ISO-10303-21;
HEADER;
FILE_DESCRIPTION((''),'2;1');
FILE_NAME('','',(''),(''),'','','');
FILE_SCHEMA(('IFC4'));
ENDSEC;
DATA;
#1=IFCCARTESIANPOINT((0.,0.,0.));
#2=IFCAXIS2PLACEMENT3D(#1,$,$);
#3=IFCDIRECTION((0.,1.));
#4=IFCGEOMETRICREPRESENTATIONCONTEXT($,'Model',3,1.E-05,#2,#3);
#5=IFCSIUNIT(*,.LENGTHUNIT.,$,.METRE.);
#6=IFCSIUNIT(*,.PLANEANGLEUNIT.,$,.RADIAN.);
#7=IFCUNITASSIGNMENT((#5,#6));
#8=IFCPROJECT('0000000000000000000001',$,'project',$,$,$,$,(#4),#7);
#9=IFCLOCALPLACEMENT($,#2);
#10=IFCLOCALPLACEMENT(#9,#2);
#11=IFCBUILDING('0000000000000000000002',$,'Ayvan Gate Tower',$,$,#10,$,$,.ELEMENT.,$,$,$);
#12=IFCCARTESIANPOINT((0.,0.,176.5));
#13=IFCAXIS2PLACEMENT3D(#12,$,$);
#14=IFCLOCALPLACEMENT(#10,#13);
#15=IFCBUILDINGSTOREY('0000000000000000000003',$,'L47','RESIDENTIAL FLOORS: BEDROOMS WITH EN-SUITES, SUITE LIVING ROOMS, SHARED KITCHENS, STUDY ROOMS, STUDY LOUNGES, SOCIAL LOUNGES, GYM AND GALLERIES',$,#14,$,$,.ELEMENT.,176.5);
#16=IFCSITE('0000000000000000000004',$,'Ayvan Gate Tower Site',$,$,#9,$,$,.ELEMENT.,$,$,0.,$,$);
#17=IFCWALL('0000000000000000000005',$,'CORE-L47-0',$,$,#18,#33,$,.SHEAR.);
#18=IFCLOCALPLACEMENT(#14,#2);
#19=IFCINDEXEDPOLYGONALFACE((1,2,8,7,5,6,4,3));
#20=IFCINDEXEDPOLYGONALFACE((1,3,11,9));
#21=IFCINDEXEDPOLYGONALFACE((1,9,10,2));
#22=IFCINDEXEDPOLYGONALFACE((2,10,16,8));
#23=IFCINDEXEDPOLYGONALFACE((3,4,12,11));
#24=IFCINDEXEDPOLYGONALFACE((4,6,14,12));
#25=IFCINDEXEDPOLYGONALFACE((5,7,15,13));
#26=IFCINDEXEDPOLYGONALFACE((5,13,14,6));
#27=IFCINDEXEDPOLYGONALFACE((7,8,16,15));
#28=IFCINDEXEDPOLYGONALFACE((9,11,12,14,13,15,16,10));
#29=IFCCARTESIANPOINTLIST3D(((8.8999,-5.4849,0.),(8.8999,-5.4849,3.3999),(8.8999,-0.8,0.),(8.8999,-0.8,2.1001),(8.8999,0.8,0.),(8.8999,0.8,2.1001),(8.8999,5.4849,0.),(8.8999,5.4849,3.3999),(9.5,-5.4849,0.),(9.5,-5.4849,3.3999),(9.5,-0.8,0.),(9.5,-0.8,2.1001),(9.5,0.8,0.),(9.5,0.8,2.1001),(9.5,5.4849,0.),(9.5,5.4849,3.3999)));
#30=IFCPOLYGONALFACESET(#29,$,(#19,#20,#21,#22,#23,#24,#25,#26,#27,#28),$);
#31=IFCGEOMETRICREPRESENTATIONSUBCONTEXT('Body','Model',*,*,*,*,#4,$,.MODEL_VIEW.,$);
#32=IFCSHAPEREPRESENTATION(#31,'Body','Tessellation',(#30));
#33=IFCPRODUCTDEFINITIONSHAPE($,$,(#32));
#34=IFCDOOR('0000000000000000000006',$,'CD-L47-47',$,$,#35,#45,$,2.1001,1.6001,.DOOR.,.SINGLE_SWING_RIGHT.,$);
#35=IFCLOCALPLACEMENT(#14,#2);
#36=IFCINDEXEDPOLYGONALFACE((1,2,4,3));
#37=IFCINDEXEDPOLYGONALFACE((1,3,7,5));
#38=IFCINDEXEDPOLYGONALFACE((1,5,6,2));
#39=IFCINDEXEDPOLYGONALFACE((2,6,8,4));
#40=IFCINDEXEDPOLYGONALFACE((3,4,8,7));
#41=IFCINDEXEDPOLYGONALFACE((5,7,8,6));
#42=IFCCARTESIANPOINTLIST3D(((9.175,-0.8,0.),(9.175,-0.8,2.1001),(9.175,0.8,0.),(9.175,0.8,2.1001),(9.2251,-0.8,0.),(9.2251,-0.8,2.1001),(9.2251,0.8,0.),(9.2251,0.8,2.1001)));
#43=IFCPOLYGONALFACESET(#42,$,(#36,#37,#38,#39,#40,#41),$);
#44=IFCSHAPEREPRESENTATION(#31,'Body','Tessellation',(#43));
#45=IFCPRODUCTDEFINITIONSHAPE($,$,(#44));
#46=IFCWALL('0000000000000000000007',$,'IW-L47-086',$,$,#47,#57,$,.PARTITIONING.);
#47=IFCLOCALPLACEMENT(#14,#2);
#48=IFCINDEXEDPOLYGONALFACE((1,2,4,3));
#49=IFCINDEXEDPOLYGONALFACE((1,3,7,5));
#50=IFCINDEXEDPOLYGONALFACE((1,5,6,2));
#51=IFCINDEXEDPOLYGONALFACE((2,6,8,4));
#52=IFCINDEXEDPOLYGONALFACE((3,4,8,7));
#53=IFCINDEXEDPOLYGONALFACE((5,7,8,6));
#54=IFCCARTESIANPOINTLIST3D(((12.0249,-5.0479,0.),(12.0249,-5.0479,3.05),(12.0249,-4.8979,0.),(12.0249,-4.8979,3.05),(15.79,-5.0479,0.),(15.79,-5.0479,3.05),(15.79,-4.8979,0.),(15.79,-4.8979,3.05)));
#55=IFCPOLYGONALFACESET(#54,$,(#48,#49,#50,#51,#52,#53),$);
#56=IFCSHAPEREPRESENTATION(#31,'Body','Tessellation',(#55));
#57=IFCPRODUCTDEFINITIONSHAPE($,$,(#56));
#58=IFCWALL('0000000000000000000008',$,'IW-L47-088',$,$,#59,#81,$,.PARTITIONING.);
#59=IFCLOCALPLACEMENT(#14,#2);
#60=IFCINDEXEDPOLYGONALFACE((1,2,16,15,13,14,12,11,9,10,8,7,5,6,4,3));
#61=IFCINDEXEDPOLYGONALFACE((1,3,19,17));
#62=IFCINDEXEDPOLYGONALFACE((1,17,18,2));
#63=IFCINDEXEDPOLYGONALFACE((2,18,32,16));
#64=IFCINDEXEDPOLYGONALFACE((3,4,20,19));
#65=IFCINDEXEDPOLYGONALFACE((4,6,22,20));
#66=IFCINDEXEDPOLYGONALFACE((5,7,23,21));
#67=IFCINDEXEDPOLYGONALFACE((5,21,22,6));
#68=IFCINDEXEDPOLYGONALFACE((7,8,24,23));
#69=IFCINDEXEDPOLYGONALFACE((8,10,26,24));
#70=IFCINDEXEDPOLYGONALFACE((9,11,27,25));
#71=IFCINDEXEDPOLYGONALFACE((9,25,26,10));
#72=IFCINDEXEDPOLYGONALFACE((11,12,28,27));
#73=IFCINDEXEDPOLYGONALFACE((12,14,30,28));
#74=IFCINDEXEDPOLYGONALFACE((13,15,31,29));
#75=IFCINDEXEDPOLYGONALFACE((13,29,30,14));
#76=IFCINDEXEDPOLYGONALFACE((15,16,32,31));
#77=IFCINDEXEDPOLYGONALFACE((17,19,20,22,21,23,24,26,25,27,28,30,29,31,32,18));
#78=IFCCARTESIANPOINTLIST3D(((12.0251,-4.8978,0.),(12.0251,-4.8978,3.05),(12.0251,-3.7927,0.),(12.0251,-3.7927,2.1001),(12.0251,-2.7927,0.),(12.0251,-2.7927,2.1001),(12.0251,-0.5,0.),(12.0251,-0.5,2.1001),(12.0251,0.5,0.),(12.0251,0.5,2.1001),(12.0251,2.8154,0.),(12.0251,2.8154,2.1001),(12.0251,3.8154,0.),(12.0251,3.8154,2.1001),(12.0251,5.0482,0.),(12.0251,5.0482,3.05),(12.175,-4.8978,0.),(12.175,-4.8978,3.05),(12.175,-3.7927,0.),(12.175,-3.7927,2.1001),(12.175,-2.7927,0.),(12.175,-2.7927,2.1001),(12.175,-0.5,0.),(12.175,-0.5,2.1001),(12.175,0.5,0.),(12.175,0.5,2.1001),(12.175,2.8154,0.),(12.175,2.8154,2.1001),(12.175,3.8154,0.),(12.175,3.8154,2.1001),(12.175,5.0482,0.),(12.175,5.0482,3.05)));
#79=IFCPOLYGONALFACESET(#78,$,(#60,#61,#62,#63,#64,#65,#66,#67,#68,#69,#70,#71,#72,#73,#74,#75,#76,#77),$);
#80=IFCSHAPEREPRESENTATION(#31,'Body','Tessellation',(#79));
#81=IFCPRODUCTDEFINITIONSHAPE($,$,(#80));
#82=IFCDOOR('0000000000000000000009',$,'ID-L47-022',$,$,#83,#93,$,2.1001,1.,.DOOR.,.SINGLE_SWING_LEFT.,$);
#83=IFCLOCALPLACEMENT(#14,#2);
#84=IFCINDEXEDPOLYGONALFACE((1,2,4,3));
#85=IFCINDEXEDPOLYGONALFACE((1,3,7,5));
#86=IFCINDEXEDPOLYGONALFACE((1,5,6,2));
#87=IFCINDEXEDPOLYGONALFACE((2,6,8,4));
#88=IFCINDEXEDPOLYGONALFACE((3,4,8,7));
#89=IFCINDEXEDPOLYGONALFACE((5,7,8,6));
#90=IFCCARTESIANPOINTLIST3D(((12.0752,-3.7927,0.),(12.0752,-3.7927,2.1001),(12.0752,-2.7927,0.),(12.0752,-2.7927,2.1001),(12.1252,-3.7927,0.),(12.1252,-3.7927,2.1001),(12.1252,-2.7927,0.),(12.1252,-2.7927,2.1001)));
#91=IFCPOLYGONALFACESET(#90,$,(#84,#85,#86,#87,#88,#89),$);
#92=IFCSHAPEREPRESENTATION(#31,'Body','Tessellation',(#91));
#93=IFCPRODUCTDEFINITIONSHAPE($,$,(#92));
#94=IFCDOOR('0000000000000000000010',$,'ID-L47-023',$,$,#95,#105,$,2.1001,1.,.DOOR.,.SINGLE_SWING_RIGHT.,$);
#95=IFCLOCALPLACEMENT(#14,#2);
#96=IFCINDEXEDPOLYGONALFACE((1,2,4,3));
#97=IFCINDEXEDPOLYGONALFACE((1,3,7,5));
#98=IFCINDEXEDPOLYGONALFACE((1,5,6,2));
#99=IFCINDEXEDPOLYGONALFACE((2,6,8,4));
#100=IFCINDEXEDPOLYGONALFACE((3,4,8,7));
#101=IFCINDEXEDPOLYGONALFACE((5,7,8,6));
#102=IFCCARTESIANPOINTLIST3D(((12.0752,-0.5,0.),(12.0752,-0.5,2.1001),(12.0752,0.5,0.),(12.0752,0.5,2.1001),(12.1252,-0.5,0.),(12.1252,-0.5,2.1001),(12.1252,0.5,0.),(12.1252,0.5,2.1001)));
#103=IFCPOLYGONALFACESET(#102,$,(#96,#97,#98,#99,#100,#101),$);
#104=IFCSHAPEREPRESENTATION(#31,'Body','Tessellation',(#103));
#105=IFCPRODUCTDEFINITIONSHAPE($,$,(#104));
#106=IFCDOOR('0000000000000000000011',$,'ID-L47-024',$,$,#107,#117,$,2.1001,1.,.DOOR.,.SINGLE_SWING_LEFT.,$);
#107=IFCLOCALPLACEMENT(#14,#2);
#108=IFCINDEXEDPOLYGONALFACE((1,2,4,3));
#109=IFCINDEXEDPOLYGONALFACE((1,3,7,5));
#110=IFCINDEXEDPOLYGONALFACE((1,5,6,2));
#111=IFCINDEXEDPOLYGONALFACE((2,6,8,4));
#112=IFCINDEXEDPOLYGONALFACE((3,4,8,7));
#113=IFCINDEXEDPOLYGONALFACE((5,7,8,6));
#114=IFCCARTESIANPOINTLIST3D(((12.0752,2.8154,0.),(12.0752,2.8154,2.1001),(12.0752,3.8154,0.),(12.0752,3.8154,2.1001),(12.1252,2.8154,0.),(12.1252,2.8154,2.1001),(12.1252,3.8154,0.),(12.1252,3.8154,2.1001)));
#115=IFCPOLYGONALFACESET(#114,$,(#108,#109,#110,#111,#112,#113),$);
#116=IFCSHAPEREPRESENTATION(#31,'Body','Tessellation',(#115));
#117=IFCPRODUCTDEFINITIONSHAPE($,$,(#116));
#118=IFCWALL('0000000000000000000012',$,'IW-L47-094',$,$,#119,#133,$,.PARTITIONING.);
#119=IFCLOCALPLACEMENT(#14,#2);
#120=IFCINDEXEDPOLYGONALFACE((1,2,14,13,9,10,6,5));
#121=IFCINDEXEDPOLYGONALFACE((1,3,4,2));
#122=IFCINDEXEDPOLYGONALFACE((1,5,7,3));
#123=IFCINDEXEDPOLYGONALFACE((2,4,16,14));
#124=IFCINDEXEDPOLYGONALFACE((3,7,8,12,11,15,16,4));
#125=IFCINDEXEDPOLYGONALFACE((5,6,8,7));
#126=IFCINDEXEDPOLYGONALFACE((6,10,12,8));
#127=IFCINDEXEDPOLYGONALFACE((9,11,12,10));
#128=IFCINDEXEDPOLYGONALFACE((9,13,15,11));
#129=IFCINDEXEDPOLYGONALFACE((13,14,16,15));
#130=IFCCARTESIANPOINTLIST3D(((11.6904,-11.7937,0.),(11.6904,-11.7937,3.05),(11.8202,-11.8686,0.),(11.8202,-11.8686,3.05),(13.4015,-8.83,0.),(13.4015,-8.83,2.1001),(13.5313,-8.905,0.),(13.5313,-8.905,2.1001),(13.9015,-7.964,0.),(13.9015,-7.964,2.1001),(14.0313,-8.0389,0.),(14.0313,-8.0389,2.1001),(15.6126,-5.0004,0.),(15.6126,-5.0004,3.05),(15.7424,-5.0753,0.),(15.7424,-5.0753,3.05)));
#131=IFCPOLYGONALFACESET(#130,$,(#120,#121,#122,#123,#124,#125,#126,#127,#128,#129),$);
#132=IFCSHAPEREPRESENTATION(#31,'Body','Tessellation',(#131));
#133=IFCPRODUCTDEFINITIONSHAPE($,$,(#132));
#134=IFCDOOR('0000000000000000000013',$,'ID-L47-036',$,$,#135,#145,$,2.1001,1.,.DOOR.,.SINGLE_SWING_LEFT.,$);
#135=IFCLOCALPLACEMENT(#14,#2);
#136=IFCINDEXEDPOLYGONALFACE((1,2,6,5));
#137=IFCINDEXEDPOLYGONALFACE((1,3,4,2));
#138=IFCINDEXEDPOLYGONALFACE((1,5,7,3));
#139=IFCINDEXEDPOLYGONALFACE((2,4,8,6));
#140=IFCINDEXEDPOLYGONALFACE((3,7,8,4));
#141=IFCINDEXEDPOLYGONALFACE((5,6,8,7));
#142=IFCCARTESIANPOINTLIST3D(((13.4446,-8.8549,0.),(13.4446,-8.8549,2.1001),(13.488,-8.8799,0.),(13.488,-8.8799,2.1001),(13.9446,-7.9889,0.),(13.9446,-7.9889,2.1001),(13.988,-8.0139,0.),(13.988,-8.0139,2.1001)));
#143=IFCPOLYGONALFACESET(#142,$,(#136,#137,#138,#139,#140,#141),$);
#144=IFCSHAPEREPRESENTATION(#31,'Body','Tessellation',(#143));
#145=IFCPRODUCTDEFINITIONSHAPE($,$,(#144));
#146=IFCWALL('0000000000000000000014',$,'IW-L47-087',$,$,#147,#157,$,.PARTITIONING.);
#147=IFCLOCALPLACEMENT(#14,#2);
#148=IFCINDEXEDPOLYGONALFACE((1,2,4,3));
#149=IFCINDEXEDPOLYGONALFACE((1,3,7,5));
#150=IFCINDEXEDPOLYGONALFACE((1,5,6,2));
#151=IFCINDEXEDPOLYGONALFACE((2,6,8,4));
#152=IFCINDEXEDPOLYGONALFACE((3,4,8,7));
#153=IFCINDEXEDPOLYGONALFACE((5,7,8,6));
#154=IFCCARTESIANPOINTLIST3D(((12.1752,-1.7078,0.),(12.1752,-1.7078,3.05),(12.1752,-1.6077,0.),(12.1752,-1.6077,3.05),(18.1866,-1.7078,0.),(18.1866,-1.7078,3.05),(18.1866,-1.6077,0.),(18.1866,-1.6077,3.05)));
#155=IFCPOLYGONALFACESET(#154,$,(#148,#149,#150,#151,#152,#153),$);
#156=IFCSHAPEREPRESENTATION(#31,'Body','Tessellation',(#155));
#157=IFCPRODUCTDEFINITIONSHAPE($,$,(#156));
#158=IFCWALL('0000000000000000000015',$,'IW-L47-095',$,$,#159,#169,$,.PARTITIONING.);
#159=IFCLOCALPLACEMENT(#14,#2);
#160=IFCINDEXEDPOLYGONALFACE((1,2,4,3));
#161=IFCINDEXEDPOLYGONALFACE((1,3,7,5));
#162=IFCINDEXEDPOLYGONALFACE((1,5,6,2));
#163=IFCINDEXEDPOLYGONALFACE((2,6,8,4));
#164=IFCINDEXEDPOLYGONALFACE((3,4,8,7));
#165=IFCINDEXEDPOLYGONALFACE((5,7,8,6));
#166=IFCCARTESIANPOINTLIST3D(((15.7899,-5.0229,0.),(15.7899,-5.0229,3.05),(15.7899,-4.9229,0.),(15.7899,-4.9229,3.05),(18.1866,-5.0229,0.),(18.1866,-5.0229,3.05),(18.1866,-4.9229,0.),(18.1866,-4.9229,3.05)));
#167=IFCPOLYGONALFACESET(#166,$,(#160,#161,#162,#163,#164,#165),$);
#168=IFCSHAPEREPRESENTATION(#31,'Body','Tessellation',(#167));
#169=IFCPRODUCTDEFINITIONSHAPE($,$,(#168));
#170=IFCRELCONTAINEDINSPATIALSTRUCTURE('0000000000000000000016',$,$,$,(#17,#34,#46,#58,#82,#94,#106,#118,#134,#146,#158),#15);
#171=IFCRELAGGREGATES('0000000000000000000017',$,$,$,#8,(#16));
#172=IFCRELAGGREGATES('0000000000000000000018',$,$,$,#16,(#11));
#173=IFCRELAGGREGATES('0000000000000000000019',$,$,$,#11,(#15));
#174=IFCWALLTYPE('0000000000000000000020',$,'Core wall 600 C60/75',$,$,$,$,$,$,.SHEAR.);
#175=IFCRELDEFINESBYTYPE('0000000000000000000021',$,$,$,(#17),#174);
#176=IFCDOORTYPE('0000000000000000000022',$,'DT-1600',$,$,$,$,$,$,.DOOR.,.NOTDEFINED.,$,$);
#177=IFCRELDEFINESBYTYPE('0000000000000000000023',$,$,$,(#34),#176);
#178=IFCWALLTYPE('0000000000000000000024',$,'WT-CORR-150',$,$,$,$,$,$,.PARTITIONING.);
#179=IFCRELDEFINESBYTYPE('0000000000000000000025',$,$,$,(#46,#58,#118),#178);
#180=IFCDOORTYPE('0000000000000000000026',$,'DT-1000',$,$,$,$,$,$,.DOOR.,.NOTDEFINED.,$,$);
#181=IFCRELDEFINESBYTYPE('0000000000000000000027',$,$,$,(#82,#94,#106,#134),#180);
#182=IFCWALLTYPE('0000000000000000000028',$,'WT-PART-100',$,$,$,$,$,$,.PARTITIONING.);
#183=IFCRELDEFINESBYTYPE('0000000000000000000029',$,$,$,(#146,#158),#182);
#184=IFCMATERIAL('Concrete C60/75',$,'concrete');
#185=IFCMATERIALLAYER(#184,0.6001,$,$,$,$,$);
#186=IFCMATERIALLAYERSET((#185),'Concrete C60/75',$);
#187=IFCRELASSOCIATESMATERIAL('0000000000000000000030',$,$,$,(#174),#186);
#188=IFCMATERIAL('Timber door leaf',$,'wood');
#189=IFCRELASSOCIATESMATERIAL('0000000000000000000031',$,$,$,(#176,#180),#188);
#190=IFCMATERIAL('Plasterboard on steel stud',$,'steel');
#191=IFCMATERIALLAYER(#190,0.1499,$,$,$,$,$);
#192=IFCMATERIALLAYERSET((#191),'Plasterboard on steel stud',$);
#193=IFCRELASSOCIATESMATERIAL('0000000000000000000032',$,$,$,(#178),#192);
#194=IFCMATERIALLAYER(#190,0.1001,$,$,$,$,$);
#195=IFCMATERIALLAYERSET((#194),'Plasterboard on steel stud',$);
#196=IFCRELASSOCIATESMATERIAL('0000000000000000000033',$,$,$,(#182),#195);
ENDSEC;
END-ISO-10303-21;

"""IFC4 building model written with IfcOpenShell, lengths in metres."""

from ifc_helpers import new_model, si_unit, direction, frame, frame_2d, origin, place, context, subcontext, project, spatial, rectangle, extrude, material, layer, layer_set, type_object, element, fill, save


model = new_model("IFC4")

# Units and contexts
model_context = context("Model", 3, precision=1e-05, world=origin(), true_north=direction((0.0, 1.0)))
body_context = subcontext(model_context, "Body", "Model", "MODEL_VIEW")
ifc_project = project(units=[si_unit("LENGTHUNIT", "METRE"), si_unit("PLANEANGLEUNIT", "RADIAN")], contexts=[model_context])

# Site, building, storey
site_placement = place(None, origin())
site = spatial("IfcSite", under=ifc_project, at=site_placement, Name="Ayvan Gate Tower Site", CompositionType="ELEMENT", RefElevation=0.0)
building_placement = place(site_placement, origin())
building = spatial("IfcBuilding", under=site, at=building_placement, Name="Ayvan Gate Tower", CompositionType="ELEMENT")
storey_placement = place(building_placement, frame((0.0, 0.0, 176.5)))
storey = spatial("IfcBuildingStorey", under=building, at=storey_placement, Name="L47", Description="RESIDENTIAL FLOORS: BEDROOMS WITH EN-SUITES, SUITE LIVING ROOMS, SHARED KITCHENS, STUDY ROOMS, STUDY LOUNGES, SOCIAL LOUNGES, GYM AND GALLERIES", CompositionType="ELEMENT", Elevation=176.5)

# Wall, opening, door
ifc_material_1 = material(Name="Concrete C60/75", Category="concrete")
ifc_layer_1 = layer(ifc_material_1, 0.6001)
ifc_layer_set_1 = layer_set([ifc_layer_1], Name="Concrete C60/75")
wall_type_1 = type_object("IfcWallType", Name="Core wall 600 C60/75", PredefinedType="SHEAR", material=ifc_layer_set_1)
wall_1_placement = place(storey_placement, frame((9.2, -5.4849, 0.0), z_axis=(0.0, 0.0, 1.0), x_axis=(0.0, 1.0, 0.0)))
wall_1 = element("IfcWall", 1, at=wall_1_placement, inside=storey, type_object=wall_type_1, Name="CORE-L47-0", PredefinedType="SHEAR", context=body_context, shape_type="SweptSolid", body=[
    extrude(rectangle(XDim=10.9697, YDim=0.6001, at=frame_2d((5.4849, 0.0))), origin(), (0.0, 0.0, 1.0), 3.3999),
])
opening_1_placement = place(wall_1_placement, frame((4.6848, 0.0, 0.0)))
opening_1 = element("IfcOpeningElement", 2, at=opening_1_placement, cuts=wall_1, PredefinedType="OPENING", context=body_context, shape_type="SweptSolid", body=[
    extrude(rectangle(XDim=1.6001, YDim=2.1001, at=frame_2d((0.8, 1.05))), frame((0.0, 0.3101, 0.0), z_axis=(0.0, -1.0, 0.0), x_axis=(1.0, 0.0, 0.0)), (0.0, 0.0, 1.0), 0.6201),
])
ifc_material_2 = material(Name="Timber door leaf", Category="wood")
door_type_1 = type_object("IfcDoorType", Name="DT-1600", OperationType="NOTDEFINED", PredefinedType="DOOR", material=ifc_material_2)
door_1_placement = place(opening_1_placement, origin())
door_1 = element("IfcDoor", 3, at=door_1_placement, inside=storey, type_object=door_type_1, Name="CD-L47-47", OperationType="SINGLE_SWING_RIGHT", OverallHeight=2.1001, OverallWidth=1.6001, PredefinedType="DOOR", context=body_context, shape_type="SweptSolid", body=[
    extrude(rectangle(XDim=1.6001, YDim=2.1001, at=frame_2d((0.8, 1.05))), frame((0.0, 0.0249, 0.0), z_axis=(0.0, -1.0, 0.0), x_axis=(1.0, 0.0, 0.0)), (0.0, 0.0, 1.0), 0.05),
])
fill(opening_1, door_1)

# Wall
ifc_material_3 = material(Name="Plasterboard on steel stud", Category="steel")
ifc_layer_2 = layer(ifc_material_3, 0.1499)
ifc_layer_set_2 = layer_set([ifc_layer_2], Name="Plasterboard on steel stud")
wall_type_2 = type_object("IfcWallType", Name="WT-CORR-150", PredefinedType="PARTITIONING", material=ifc_layer_set_2)
wall_2_placement = place(storey_placement, frame((12.0249, -4.9729, 0.0), z_axis=(0.0, 0.0, 1.0), x_axis=(1.0, 0.0, 0.0)))
element("IfcWall", 4, at=wall_2_placement, inside=storey, type_object=wall_type_2, Name="IW-L47-086", PredefinedType="PARTITIONING", context=body_context, shape_type="SweptSolid", body=[
    extrude(rectangle(XDim=3.7651, YDim=0.1499, at=frame_2d((1.8826, 0.0))), origin(), (0.0, 0.0, 1.0), 3.05),
])

# Wall, openings, doors
wall_3_placement = place(storey_placement, frame((12.1001, -4.8979, 0.0), z_axis=(0.0, 0.0, 1.0), x_axis=(0.0, 1.0, 0.0)))
wall_3 = element("IfcWall", 5, at=wall_3_placement, inside=storey, type_object=wall_type_2, Name="IW-L47-088", PredefinedType="PARTITIONING", context=body_context, shape_type="SweptSolid", body=[
    extrude(rectangle(XDim=9.946, YDim=0.1499, at=frame_2d((4.9731, 0.0))), origin(), (0.0, 0.0, 1.0), 3.05),
])
opening_2_placement = place(wall_3_placement, frame((1.1052, 0.0, 0.0)))
opening_2 = element("IfcOpeningElement", 6, at=opening_2_placement, cuts=wall_3, PredefinedType="OPENING", context=body_context, shape_type="SweptSolid", body=[
    extrude(rectangle(XDim=1.0, YDim=2.1001, at=frame_2d((0.5, 1.05))), frame((0.0, 0.085, 0.0), z_axis=(0.0, -1.0, 0.0), x_axis=(1.0, 0.0, 0.0)), (0.0, 0.0, 1.0), 0.1699),
])
opening_3_placement = place(wall_3_placement, frame((4.3979, 0.0, 0.0)))
opening_3 = element("IfcOpeningElement", 7, at=opening_3_placement, cuts=wall_3, PredefinedType="OPENING", context=body_context, shape_type="SweptSolid", body=[
    extrude(rectangle(XDim=1.0, YDim=2.1001, at=frame_2d((0.5, 1.05))), frame((0.0, 0.085, 0.0), z_axis=(0.0, -1.0, 0.0), x_axis=(1.0, 0.0, 0.0)), (0.0, 0.0, 1.0), 0.1699),
])
opening_4_placement = place(wall_3_placement, frame((7.7134, 0.0, 0.0)))
opening_4 = element("IfcOpeningElement", 8, at=opening_4_placement, cuts=wall_3, PredefinedType="OPENING", context=body_context, shape_type="SweptSolid", body=[
    extrude(rectangle(XDim=1.0, YDim=2.1001, at=frame_2d((0.5, 1.05))), frame((0.0, 0.085, 0.0), z_axis=(0.0, -1.0, 0.0), x_axis=(1.0, 0.0, 0.0)), (0.0, 0.0, 1.0), 0.1699),
])
door_type_2 = type_object("IfcDoorType", Name="DT-1000", OperationType="NOTDEFINED", PredefinedType="DOOR", material=ifc_material_2)
door_2_placement = place(opening_2_placement, origin())
door_2 = element("IfcDoor", 9, at=door_2_placement, inside=storey, type_object=door_type_2, Name="ID-L47-022", OperationType="SINGLE_SWING_LEFT", OverallHeight=2.1001, OverallWidth=1.0, PredefinedType="DOOR", context=body_context, shape_type="SweptSolid", body=[
    extrude(rectangle(XDim=1.0, YDim=2.1001, at=frame_2d((0.5, 1.05))), frame((0.0, 0.0249, 0.0), z_axis=(0.0, -1.0, 0.0), x_axis=(1.0, 0.0, 0.0)), (0.0, 0.0, 1.0), 0.05),
])
fill(opening_2, door_2)
door_3_placement = place(opening_3_placement, origin())
door_3 = element("IfcDoor", 10, at=door_3_placement, inside=storey, type_object=door_type_2, Name="ID-L47-023", OperationType="SINGLE_SWING_RIGHT", OverallHeight=2.1001, OverallWidth=1.0, PredefinedType="DOOR", context=body_context, shape_type="SweptSolid", body=[
    extrude(rectangle(XDim=1.0, YDim=2.1001, at=frame_2d((0.5, 1.05))), frame((0.0, 0.0249, 0.0), z_axis=(0.0, -1.0, 0.0), x_axis=(1.0, 0.0, 0.0)), (0.0, 0.0, 1.0), 0.05),
])
fill(opening_3, door_3)
door_4_placement = place(opening_4_placement, origin())
door_4 = element("IfcDoor", 11, at=door_4_placement, inside=storey, type_object=door_type_2, Name="ID-L47-024", OperationType="SINGLE_SWING_LEFT", OverallHeight=2.1001, OverallWidth=1.0, PredefinedType="DOOR", context=body_context, shape_type="SweptSolid", body=[
    extrude(rectangle(XDim=1.0, YDim=2.1001, at=frame_2d((0.5, 1.05))), frame((0.0, 0.0249, 0.0), z_axis=(0.0, -1.0, 0.0), x_axis=(1.0, 0.0, 0.0)), (0.0, 0.0, 1.0), 0.05),
])
fill(opening_4, door_4)

# Wall, opening, door
wall_4_placement = place(storey_placement, frame((15.6775, -5.0378, 0.0), z_axis=(0.0, 0.0, 1.0), x_axis=(-0.500005, -0.866022, 0.0)))
wall_4 = element("IfcWall", 12, at=wall_4_placement, inside=storey, type_object=wall_type_2, Name="IW-L47-094", PredefinedType="PARTITIONING", context=body_context, shape_type="SweptSolid", body=[
    extrude(rectangle(XDim=7.8442, YDim=0.1499, at=frame_2d((3.9221, 0.0))), origin(), (0.0, 0.0, 1.0), 3.05),
])
opening_5_placement = place(wall_4_placement, frame((3.4221, 0.0, 0.0)))
opening_5 = element("IfcOpeningElement", 13, at=opening_5_placement, cuts=wall_4, PredefinedType="OPENING", context=body_context, shape_type="SweptSolid", body=[
    extrude(rectangle(XDim=1.0, YDim=2.1001, at=frame_2d((0.5, 1.05))), frame((0.0, 0.085, 0.0), z_axis=(0.0, -1.0, 0.0), x_axis=(1.0, 0.0, 0.0)), (0.0, 0.0, 1.0), 0.1699),
])
door_5_placement = place(opening_5_placement, origin())
door_5 = element("IfcDoor", 14, at=door_5_placement, inside=storey, type_object=door_type_2, Name="ID-L47-036", OperationType="SINGLE_SWING_LEFT", OverallHeight=2.1001, OverallWidth=1.0, PredefinedType="DOOR", context=body_context, shape_type="SweptSolid", body=[
    extrude(rectangle(XDim=1.0, YDim=2.1001, at=frame_2d((0.5, 1.05))), frame((0.0, 0.0249, 0.0), z_axis=(0.0, -1.0, 0.0), x_axis=(1.0, 0.0, 0.0)), (0.0, 0.0, 1.0), 0.05),
])
fill(opening_5, door_5)

# Walls
ifc_layer_3 = layer(ifc_material_3, 0.1001)
ifc_layer_set_3 = layer_set([ifc_layer_3], Name="Plasterboard on steel stud")
wall_type_3 = type_object("IfcWallType", Name="WT-PART-100", PredefinedType="PARTITIONING", material=ifc_layer_set_3)
wall_5_placement = place(storey_placement, frame((12.175, -1.6577, 0.0), z_axis=(0.0, 0.0, 1.0), x_axis=(1.0, 0.0, 0.0)))
element("IfcWall", 15, at=wall_5_placement, inside=storey, type_object=wall_type_3, Name="IW-L47-087", PredefinedType="PARTITIONING", context=body_context, shape_type="SweptSolid", body=[
    extrude(rectangle(XDim=6.0115, YDim=0.1001, at=frame_2d((3.0059, 0.0))), origin(), (0.0, 0.0, 1.0), 3.05),
])
wall_6_placement = place(storey_placement, frame((18.1865, -4.9729, 0.0), z_axis=(0.0, 0.0, 1.0), x_axis=(-1.0, 0.0, 0.0)))
element("IfcWall", 16, at=wall_6_placement, inside=storey, type_object=wall_type_3, Name="IW-L47-095", PredefinedType="PARTITIONING", context=body_context, shape_type="SweptSolid", body=[
    extrude(rectangle(XDim=2.3967, YDim=0.1001, at=frame_2d((1.1982, 0.0))), origin(), (0.0, 0.0, 1.0), 3.05),
])

save(model, "model.ifc")
